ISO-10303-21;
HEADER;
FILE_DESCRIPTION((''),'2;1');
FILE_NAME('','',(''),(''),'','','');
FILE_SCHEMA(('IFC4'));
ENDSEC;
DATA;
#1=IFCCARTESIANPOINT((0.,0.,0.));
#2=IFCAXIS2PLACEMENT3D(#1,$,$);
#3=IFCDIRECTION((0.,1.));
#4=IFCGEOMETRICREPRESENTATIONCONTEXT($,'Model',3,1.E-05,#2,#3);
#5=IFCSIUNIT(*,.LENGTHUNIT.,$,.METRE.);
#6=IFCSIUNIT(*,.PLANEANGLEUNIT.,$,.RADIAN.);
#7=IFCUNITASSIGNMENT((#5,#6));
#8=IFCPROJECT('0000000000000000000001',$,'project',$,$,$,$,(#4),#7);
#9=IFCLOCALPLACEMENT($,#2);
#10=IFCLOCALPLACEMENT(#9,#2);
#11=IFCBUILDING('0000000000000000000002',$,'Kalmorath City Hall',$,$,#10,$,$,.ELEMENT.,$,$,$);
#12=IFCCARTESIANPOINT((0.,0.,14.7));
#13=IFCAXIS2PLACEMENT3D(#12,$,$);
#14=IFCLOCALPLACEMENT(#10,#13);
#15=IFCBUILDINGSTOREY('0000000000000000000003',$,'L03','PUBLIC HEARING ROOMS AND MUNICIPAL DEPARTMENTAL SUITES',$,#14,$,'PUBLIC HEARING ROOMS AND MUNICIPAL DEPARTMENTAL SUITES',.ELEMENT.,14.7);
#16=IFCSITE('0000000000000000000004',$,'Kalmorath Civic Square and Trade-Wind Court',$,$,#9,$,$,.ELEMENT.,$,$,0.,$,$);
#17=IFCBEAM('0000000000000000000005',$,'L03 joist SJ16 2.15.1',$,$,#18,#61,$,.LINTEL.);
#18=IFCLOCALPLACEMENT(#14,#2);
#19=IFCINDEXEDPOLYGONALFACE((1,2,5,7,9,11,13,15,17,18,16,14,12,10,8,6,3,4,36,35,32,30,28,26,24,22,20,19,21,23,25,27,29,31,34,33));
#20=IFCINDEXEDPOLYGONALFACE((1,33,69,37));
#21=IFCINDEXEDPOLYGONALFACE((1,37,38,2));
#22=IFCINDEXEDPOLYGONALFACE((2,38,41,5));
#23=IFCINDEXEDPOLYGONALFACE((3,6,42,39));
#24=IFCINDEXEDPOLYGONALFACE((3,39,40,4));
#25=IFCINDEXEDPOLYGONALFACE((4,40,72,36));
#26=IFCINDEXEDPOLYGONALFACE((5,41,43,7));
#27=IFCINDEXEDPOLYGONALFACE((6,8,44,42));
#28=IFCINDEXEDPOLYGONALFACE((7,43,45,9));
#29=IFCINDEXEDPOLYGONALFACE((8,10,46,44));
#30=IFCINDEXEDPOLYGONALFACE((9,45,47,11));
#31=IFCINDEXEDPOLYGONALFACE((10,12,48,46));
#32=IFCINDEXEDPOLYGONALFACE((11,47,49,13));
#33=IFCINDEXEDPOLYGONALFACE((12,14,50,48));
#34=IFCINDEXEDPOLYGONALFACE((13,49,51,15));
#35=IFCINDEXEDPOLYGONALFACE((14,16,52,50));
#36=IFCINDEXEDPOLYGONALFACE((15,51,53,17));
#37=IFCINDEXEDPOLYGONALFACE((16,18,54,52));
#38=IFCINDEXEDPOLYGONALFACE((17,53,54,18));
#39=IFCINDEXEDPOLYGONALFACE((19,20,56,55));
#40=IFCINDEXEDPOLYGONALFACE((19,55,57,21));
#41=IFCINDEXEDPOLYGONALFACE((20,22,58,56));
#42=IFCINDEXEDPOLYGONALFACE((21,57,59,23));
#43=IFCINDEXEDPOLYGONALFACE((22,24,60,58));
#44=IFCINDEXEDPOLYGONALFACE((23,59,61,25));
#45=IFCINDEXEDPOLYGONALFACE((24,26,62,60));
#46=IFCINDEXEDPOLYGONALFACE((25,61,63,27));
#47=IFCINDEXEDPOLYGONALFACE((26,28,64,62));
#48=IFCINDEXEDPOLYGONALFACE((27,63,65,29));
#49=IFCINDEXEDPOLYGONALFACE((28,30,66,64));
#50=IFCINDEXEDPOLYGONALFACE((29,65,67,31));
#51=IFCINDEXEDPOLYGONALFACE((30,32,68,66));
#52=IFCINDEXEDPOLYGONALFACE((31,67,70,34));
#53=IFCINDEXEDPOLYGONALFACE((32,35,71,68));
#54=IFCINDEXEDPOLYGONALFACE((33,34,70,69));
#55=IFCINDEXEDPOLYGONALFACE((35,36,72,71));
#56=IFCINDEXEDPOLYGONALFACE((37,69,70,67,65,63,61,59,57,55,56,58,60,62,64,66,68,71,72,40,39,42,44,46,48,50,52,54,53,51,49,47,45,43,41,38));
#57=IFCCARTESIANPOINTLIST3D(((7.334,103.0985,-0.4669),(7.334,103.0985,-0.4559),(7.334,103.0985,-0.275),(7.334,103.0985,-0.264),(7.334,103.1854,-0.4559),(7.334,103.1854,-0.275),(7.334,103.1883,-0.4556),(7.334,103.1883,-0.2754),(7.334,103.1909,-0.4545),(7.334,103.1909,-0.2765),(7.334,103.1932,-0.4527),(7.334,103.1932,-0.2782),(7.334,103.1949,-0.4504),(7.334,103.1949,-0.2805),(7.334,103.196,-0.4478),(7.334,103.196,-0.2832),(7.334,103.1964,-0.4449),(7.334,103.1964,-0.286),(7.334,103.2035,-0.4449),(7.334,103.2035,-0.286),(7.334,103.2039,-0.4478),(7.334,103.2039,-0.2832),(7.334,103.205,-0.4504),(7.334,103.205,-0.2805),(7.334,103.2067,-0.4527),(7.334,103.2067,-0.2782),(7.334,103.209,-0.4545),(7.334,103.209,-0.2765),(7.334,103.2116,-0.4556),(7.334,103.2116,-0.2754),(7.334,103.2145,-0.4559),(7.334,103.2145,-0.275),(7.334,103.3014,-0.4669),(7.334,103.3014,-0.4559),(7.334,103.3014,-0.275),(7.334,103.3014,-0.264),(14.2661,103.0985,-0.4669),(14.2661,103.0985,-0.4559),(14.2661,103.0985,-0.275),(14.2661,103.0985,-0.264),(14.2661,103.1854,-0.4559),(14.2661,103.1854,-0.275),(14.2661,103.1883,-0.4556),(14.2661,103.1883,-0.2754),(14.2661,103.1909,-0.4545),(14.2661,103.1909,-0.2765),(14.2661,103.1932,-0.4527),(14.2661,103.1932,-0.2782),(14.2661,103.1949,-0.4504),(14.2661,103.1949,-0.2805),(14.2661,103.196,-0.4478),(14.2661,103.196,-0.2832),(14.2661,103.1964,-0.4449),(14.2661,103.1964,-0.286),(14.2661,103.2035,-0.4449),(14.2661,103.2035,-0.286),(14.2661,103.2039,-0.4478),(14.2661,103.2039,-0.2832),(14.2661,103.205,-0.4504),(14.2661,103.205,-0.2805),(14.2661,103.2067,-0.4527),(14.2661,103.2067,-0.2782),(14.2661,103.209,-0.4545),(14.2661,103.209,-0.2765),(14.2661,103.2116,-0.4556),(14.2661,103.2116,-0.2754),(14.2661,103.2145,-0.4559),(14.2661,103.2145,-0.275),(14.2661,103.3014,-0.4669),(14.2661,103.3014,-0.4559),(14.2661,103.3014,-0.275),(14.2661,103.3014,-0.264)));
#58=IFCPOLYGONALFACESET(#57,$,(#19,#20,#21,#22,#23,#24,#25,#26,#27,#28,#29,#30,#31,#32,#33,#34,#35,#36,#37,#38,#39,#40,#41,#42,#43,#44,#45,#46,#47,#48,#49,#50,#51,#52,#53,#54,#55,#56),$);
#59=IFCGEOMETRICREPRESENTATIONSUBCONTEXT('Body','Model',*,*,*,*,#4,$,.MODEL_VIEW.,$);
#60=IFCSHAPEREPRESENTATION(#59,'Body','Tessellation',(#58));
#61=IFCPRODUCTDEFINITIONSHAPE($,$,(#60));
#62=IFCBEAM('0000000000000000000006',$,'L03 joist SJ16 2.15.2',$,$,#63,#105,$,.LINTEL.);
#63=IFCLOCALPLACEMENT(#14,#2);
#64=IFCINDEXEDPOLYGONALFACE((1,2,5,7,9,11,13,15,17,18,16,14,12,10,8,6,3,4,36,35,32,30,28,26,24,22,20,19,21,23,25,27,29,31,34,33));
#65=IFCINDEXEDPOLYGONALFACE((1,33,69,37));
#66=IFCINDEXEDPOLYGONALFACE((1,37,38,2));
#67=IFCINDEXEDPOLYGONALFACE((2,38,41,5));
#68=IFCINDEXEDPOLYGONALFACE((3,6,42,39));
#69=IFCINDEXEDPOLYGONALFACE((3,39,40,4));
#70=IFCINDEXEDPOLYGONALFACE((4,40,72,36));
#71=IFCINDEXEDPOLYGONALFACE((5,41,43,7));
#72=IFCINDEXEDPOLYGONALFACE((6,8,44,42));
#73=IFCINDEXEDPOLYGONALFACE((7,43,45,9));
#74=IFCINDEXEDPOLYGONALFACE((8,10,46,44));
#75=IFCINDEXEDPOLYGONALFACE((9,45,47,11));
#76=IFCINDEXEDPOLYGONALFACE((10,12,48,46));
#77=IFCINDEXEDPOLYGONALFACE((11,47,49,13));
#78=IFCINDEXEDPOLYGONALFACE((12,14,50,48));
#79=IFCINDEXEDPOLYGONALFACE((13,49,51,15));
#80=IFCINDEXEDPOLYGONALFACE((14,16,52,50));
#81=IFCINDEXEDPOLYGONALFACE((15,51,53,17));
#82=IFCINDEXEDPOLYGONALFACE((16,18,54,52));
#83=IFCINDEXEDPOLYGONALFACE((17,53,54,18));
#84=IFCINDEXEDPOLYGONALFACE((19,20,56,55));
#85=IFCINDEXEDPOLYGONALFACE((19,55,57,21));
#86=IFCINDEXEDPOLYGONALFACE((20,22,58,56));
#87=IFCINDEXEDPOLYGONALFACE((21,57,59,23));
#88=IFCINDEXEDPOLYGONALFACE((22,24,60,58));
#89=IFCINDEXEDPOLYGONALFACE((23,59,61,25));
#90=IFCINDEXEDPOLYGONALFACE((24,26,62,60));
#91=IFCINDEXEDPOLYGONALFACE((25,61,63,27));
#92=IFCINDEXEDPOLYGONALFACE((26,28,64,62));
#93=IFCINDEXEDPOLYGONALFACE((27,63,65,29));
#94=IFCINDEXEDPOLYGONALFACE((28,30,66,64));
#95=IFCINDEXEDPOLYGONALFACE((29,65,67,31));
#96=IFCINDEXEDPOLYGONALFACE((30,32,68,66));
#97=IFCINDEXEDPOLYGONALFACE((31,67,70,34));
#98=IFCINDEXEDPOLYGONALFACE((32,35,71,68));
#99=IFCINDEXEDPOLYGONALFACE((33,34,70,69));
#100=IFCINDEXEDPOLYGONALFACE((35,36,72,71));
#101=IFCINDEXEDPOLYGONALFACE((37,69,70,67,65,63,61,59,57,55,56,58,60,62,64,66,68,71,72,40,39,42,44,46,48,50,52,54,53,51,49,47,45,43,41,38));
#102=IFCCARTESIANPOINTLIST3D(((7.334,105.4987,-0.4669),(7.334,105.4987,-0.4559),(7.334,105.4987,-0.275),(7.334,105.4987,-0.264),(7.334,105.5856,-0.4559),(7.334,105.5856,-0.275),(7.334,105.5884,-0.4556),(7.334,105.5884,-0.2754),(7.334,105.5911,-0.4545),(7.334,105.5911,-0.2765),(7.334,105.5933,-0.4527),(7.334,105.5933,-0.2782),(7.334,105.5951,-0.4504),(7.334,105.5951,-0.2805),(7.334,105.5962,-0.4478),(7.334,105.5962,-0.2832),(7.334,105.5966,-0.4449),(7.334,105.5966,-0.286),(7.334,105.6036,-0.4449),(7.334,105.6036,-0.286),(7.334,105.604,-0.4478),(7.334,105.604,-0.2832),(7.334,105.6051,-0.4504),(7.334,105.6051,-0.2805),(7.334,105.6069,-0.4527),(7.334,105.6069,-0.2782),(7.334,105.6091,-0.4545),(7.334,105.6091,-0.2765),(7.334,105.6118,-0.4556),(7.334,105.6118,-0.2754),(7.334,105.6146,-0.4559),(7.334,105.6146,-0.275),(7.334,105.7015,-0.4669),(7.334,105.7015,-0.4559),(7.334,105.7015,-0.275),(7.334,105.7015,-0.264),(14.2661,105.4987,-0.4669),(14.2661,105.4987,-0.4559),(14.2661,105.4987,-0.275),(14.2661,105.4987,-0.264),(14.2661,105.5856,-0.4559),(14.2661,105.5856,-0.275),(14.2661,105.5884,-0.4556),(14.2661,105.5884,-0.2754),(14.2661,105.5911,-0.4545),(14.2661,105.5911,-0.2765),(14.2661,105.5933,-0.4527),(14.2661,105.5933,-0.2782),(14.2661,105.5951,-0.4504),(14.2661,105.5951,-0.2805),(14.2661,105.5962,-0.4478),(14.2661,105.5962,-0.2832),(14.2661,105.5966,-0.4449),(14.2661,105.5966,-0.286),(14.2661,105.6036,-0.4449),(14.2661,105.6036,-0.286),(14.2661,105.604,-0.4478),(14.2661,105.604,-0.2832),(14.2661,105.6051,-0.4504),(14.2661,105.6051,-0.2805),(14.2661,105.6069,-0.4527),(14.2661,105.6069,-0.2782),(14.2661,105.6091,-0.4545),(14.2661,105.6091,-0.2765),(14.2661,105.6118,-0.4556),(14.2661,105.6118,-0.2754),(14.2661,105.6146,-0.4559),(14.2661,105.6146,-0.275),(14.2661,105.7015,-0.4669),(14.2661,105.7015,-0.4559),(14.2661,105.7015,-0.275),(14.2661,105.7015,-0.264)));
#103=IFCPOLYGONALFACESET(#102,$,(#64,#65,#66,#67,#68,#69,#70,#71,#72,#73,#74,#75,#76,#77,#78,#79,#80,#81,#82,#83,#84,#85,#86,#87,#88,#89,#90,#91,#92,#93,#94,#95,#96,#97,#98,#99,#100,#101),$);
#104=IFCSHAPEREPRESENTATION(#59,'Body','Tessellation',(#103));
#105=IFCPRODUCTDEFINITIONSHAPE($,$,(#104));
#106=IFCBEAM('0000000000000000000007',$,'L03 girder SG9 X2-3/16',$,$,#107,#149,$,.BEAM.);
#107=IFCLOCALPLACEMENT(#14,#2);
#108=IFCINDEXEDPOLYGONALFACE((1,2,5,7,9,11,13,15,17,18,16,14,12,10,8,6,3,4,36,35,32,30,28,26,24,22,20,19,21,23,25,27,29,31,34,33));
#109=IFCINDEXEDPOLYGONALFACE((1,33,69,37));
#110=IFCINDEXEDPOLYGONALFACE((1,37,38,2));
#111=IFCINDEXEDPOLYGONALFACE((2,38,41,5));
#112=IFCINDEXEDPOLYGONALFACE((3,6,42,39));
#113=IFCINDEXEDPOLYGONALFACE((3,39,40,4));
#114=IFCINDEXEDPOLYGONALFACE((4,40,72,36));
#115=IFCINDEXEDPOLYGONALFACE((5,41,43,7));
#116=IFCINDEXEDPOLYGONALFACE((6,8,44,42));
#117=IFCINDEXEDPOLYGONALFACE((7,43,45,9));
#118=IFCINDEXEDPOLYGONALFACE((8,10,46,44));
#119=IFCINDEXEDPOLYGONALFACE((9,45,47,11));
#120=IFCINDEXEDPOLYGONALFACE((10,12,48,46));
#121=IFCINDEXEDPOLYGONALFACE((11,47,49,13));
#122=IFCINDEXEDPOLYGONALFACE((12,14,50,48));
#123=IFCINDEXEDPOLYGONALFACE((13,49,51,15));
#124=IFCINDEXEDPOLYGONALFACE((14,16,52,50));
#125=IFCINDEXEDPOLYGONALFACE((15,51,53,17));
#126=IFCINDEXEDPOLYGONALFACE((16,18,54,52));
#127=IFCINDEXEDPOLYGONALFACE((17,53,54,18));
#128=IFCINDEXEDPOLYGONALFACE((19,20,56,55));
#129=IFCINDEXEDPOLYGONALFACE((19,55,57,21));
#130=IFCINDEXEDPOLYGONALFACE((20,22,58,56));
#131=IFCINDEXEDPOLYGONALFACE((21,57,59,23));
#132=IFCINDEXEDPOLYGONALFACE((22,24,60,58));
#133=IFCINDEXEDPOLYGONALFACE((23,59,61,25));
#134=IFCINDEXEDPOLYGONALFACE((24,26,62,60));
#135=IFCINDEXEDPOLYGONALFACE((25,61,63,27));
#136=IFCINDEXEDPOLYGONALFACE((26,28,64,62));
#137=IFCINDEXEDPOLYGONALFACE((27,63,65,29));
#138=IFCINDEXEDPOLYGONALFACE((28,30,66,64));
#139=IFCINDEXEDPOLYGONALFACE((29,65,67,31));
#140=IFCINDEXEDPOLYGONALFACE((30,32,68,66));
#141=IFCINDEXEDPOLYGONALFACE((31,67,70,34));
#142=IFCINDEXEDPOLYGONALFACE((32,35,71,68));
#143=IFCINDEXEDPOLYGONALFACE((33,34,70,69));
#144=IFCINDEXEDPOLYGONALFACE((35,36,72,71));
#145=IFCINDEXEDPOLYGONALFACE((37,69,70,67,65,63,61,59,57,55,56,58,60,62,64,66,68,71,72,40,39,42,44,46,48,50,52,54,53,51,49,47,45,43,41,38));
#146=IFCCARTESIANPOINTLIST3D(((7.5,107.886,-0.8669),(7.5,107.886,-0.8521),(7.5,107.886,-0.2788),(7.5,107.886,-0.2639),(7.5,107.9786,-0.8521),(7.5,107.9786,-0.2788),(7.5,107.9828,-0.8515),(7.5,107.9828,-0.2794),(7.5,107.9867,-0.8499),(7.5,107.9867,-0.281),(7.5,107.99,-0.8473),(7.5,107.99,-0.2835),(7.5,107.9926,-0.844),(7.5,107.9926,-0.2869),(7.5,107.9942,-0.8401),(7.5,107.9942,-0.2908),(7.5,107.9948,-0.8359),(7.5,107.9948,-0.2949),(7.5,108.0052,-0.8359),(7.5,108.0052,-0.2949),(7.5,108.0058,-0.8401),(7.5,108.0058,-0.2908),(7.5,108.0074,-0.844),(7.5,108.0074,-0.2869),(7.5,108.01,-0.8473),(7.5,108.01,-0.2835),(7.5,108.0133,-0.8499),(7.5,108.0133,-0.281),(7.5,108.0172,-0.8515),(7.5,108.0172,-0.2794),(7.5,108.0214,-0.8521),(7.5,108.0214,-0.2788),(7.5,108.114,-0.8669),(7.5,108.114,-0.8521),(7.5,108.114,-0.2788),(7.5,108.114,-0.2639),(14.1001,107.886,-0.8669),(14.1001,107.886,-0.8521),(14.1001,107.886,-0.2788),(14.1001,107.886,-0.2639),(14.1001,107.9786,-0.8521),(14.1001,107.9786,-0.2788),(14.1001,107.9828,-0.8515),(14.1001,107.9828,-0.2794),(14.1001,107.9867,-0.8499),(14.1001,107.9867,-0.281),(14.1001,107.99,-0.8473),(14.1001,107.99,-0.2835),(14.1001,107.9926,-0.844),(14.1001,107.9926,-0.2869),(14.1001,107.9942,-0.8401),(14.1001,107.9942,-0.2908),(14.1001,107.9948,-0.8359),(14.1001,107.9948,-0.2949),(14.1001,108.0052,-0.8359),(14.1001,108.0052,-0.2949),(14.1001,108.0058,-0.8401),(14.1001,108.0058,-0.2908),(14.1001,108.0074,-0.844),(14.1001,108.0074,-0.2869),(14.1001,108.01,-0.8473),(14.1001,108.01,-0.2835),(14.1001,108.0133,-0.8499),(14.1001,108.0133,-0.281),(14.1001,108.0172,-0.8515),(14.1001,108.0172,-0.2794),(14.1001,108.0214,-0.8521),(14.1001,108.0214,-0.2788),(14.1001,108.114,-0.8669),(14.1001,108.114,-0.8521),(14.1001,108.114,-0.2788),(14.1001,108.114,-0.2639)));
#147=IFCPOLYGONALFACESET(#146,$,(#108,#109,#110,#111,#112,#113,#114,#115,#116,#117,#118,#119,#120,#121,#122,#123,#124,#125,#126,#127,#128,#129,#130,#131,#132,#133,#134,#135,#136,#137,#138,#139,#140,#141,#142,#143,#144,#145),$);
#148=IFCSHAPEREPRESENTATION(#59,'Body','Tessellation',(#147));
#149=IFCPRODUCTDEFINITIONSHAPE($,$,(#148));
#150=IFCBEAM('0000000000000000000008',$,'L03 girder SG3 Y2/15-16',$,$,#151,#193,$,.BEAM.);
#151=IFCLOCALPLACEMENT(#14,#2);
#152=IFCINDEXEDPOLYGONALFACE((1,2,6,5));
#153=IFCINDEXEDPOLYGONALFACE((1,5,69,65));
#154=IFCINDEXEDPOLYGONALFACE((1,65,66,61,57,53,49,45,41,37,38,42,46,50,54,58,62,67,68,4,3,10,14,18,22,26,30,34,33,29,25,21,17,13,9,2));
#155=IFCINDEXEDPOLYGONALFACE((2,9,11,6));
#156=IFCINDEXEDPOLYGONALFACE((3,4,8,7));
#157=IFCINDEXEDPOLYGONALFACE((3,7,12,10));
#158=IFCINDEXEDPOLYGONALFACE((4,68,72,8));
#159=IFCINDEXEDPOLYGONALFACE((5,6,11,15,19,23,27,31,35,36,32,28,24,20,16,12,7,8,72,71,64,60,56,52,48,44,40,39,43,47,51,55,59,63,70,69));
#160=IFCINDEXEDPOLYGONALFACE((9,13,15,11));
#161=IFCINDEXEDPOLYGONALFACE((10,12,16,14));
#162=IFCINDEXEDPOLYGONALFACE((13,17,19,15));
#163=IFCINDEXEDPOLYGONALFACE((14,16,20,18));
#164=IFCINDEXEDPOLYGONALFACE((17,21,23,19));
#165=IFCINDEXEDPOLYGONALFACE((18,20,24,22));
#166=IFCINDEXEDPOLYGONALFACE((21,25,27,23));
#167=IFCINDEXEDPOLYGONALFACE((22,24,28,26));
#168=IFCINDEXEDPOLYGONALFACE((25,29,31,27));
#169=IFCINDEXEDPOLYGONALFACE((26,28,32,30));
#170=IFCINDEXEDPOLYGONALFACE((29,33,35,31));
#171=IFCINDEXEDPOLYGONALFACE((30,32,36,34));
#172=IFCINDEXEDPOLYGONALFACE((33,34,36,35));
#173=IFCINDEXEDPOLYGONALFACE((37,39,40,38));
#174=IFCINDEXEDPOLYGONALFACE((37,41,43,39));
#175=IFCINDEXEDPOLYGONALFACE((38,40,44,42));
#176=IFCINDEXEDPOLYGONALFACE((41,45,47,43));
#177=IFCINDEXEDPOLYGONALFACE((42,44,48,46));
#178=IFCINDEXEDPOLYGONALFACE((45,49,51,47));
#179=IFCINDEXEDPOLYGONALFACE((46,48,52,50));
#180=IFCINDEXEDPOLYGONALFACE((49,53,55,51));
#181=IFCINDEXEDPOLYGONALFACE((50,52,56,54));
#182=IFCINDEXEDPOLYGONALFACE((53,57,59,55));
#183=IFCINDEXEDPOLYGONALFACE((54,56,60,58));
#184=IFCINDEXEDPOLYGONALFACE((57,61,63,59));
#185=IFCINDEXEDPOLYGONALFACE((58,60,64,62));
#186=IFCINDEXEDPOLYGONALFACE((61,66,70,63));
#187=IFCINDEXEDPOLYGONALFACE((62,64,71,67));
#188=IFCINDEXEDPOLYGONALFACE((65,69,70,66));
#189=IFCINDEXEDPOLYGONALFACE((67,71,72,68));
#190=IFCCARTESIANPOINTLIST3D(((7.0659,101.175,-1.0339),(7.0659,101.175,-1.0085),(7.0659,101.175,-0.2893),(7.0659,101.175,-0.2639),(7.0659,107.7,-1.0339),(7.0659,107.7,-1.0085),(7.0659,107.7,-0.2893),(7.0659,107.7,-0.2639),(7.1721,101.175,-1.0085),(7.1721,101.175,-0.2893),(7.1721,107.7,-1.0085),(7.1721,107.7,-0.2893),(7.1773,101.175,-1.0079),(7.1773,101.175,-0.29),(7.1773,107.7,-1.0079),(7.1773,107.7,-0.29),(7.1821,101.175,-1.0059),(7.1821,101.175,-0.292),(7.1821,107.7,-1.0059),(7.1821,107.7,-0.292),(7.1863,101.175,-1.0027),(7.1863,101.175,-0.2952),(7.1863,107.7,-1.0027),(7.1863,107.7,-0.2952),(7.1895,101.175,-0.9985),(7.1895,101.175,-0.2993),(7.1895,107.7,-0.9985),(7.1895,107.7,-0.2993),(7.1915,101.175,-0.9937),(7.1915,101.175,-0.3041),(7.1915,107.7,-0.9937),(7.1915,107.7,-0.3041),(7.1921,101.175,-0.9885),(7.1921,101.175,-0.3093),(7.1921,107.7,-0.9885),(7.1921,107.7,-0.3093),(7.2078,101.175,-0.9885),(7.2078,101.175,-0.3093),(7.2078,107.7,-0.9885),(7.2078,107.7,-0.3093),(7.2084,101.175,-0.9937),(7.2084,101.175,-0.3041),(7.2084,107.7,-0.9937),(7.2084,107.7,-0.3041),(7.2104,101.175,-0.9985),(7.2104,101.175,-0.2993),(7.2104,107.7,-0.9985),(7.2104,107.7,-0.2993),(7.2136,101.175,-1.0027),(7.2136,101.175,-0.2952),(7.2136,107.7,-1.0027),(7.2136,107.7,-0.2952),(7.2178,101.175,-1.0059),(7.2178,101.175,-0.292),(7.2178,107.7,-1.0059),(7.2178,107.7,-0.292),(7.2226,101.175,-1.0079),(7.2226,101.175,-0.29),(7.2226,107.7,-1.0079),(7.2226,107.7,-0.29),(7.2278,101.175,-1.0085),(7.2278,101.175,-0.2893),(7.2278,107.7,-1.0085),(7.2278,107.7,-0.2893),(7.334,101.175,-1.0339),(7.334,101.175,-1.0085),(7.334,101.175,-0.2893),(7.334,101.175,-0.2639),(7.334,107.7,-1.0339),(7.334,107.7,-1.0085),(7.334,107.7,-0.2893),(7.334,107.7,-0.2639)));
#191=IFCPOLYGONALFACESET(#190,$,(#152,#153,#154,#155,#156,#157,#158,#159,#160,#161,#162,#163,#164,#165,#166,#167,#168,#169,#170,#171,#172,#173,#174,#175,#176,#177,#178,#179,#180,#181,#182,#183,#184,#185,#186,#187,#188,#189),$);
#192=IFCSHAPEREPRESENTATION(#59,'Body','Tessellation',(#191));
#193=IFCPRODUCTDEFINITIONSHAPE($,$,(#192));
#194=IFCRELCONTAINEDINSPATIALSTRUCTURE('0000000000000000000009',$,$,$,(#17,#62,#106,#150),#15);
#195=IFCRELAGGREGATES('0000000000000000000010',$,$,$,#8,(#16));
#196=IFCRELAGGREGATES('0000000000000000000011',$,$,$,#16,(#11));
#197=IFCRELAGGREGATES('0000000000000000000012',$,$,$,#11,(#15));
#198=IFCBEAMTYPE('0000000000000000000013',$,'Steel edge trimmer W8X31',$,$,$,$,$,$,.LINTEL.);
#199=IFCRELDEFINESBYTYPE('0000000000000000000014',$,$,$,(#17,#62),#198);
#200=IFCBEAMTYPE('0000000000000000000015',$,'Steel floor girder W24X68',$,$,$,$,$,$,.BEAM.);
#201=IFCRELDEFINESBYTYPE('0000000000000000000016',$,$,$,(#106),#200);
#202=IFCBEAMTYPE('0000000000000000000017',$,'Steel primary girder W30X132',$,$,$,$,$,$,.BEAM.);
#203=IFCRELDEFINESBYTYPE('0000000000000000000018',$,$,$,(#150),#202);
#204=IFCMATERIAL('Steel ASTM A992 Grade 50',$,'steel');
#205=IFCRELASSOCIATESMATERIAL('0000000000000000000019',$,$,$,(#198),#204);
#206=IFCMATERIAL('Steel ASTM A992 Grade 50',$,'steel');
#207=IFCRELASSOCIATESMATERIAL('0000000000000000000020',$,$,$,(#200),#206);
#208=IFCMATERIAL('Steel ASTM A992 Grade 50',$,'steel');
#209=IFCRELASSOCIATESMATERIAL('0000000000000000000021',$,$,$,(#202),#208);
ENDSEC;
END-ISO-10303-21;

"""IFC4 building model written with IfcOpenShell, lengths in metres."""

from ifc_helpers import new_model, si_unit, direction, frame, origin, origin_2d, place, context, subcontext, project, spatial, i_section, extrude, material, material_profile, profile_set, type_object, element, save


model = new_model("IFC4")

# Units and contexts
model_context = context("Model", 3, precision=1e-05, world=origin(), true_north=direction((0.0, 1.0)))
body_context = subcontext(model_context, "Body", "Model", "MODEL_VIEW")
ifc_project = project(units=[si_unit("LENGTHUNIT", "METRE"), si_unit("PLANEANGLEUNIT", "RADIAN")], contexts=[model_context])

# Site, building, storey
site_placement = place(None, origin())
site = spatial("IfcSite", under=ifc_project, at=site_placement, Name="Kalmorath Civic Square and Trade-Wind Court", CompositionType="ELEMENT", RefElevation=0.0)
building_placement = place(site_placement, origin())
building = spatial("IfcBuilding", under=site, at=building_placement, Name="Kalmorath City Hall", CompositionType="ELEMENT")
storey_placement = place(building_placement, frame((0.0, 0.0, 14.7)))
storey = spatial("IfcBuildingStorey", under=building, at=storey_placement, Name="L03", Description="PUBLIC HEARING ROOMS AND MUNICIPAL DEPARTMENTAL SUITES", LongName="PUBLIC HEARING ROOMS AND MUNICIPAL DEPARTMENTAL SUITES", CompositionType="ELEMENT", Elevation=14.7)

# Beams
ifc_material_1 = material(Name="Steel ASTM A992 Grade 50", Category="steel")
ifc_material_profile_1 = material_profile(ifc_material_1, i_section(OverallWidth=0.2029, OverallDepth=0.2029, WebThickness=0.0071, FlangeThickness=0.011, FilletRadius=0.011, at=origin_2d()), Name="W8X31")
ifc_profile_set_1 = profile_set([ifc_material_profile_1], Name="Steel ASTM A992 Grade 50")
beam_type_1 = type_object("IfcBeamType", Name="Steel edge trimmer W8X31", PredefinedType="LINTEL", material=ifc_profile_set_1)
for number, where, z_axis, x_axis, name in (
    (1, (7.334, 103.2, -0.3655), (1.0, 0.0, 0.0), (0.0, 1.0, 0.0), "L03 joist SJ16 2.15.1"),
    (2, (7.334, 105.6001, -0.3655), (1.0, 0.0, 0.0), (0.0, 1.0, 0.0), "L03 joist SJ16 2.15.2"),
):
    element("IfcBeam", number, at=place(storey_placement, frame(where, z_axis=z_axis, x_axis=x_axis)), inside=storey, type_object=beam_type_1, Name=name, PredefinedType="LINTEL", context=body_context, shape_type="SweptSolid", body=[
        extrude(i_section(OverallWidth=0.2029, OverallDepth=0.2029, WebThickness=0.0071, FlangeThickness=0.011, FilletRadius=0.011, at=origin_2d()), origin(), (0.0, 0.0, 1.0), 6.9321),
    ])
ifc_material_2 = material(Name="Steel ASTM A992 Grade 50", Category="steel")
ifc_material_profile_2 = material_profile(ifc_material_2, i_section(OverallWidth=0.228, OverallDepth=0.603, WebThickness=0.0105, FlangeThickness=0.0149, FilletRadius=0.0161, at=origin_2d()), Name="W24X68")
ifc_profile_set_2 = profile_set([ifc_material_profile_2], Name="Steel ASTM A992 Grade 50")
beam_type_2 = type_object("IfcBeamType", Name="Steel floor girder W24X68", PredefinedType="BEAM", material=ifc_profile_set_2)
beam_1_placement = place(storey_placement, frame((7.5, 108.0, -0.5654), z_axis=(1.0, 0.0, 0.0), x_axis=(0.0, 1.0, 0.0)))
element("IfcBeam", 3, at=beam_1_placement, inside=storey, type_object=beam_type_2, Name="L03 girder SG9 X2-3/16", PredefinedType="BEAM", context=body_context, shape_type="SweptSolid", body=[
    extrude(i_section(OverallWidth=0.228, OverallDepth=0.603, WebThickness=0.0105, FlangeThickness=0.0149, FilletRadius=0.0161, at=origin_2d()), origin(), (0.0, 0.0, 1.0), 6.6001),
])
ifc_material_3 = material(Name="Steel ASTM A992 Grade 50", Category="steel")
ifc_material_profile_3 = material_profile(ifc_material_3, i_section(OverallWidth=0.2681, OverallDepth=0.77, WebThickness=0.0156, FlangeThickness=0.0254, FilletRadius=0.02, at=origin_2d()), Name="W30X132")
ifc_profile_set_3 = profile_set([ifc_material_profile_3], Name="Steel ASTM A992 Grade 50")
beam_type_3 = type_object("IfcBeamType", Name="Steel primary girder W30X132", PredefinedType="BEAM", material=ifc_profile_set_3)
beam_2_placement = place(storey_placement, frame((7.2, 101.175, -0.6489), z_axis=(0.0, 1.0, 0.0), x_axis=(-1.0, 0.0, 0.0)))
element("IfcBeam", 4, at=beam_2_placement, inside=storey, type_object=beam_type_3, Name="L03 girder SG3 Y2/15-16", PredefinedType="BEAM", context=body_context, shape_type="SweptSolid", body=[
    extrude(i_section(OverallWidth=0.2681, OverallDepth=0.77, WebThickness=0.0156, FlangeThickness=0.0254, FilletRadius=0.02, at=origin_2d()), origin(), (0.0, 0.0, 1.0), 6.5249),
])

save(model, "model.ifc")
